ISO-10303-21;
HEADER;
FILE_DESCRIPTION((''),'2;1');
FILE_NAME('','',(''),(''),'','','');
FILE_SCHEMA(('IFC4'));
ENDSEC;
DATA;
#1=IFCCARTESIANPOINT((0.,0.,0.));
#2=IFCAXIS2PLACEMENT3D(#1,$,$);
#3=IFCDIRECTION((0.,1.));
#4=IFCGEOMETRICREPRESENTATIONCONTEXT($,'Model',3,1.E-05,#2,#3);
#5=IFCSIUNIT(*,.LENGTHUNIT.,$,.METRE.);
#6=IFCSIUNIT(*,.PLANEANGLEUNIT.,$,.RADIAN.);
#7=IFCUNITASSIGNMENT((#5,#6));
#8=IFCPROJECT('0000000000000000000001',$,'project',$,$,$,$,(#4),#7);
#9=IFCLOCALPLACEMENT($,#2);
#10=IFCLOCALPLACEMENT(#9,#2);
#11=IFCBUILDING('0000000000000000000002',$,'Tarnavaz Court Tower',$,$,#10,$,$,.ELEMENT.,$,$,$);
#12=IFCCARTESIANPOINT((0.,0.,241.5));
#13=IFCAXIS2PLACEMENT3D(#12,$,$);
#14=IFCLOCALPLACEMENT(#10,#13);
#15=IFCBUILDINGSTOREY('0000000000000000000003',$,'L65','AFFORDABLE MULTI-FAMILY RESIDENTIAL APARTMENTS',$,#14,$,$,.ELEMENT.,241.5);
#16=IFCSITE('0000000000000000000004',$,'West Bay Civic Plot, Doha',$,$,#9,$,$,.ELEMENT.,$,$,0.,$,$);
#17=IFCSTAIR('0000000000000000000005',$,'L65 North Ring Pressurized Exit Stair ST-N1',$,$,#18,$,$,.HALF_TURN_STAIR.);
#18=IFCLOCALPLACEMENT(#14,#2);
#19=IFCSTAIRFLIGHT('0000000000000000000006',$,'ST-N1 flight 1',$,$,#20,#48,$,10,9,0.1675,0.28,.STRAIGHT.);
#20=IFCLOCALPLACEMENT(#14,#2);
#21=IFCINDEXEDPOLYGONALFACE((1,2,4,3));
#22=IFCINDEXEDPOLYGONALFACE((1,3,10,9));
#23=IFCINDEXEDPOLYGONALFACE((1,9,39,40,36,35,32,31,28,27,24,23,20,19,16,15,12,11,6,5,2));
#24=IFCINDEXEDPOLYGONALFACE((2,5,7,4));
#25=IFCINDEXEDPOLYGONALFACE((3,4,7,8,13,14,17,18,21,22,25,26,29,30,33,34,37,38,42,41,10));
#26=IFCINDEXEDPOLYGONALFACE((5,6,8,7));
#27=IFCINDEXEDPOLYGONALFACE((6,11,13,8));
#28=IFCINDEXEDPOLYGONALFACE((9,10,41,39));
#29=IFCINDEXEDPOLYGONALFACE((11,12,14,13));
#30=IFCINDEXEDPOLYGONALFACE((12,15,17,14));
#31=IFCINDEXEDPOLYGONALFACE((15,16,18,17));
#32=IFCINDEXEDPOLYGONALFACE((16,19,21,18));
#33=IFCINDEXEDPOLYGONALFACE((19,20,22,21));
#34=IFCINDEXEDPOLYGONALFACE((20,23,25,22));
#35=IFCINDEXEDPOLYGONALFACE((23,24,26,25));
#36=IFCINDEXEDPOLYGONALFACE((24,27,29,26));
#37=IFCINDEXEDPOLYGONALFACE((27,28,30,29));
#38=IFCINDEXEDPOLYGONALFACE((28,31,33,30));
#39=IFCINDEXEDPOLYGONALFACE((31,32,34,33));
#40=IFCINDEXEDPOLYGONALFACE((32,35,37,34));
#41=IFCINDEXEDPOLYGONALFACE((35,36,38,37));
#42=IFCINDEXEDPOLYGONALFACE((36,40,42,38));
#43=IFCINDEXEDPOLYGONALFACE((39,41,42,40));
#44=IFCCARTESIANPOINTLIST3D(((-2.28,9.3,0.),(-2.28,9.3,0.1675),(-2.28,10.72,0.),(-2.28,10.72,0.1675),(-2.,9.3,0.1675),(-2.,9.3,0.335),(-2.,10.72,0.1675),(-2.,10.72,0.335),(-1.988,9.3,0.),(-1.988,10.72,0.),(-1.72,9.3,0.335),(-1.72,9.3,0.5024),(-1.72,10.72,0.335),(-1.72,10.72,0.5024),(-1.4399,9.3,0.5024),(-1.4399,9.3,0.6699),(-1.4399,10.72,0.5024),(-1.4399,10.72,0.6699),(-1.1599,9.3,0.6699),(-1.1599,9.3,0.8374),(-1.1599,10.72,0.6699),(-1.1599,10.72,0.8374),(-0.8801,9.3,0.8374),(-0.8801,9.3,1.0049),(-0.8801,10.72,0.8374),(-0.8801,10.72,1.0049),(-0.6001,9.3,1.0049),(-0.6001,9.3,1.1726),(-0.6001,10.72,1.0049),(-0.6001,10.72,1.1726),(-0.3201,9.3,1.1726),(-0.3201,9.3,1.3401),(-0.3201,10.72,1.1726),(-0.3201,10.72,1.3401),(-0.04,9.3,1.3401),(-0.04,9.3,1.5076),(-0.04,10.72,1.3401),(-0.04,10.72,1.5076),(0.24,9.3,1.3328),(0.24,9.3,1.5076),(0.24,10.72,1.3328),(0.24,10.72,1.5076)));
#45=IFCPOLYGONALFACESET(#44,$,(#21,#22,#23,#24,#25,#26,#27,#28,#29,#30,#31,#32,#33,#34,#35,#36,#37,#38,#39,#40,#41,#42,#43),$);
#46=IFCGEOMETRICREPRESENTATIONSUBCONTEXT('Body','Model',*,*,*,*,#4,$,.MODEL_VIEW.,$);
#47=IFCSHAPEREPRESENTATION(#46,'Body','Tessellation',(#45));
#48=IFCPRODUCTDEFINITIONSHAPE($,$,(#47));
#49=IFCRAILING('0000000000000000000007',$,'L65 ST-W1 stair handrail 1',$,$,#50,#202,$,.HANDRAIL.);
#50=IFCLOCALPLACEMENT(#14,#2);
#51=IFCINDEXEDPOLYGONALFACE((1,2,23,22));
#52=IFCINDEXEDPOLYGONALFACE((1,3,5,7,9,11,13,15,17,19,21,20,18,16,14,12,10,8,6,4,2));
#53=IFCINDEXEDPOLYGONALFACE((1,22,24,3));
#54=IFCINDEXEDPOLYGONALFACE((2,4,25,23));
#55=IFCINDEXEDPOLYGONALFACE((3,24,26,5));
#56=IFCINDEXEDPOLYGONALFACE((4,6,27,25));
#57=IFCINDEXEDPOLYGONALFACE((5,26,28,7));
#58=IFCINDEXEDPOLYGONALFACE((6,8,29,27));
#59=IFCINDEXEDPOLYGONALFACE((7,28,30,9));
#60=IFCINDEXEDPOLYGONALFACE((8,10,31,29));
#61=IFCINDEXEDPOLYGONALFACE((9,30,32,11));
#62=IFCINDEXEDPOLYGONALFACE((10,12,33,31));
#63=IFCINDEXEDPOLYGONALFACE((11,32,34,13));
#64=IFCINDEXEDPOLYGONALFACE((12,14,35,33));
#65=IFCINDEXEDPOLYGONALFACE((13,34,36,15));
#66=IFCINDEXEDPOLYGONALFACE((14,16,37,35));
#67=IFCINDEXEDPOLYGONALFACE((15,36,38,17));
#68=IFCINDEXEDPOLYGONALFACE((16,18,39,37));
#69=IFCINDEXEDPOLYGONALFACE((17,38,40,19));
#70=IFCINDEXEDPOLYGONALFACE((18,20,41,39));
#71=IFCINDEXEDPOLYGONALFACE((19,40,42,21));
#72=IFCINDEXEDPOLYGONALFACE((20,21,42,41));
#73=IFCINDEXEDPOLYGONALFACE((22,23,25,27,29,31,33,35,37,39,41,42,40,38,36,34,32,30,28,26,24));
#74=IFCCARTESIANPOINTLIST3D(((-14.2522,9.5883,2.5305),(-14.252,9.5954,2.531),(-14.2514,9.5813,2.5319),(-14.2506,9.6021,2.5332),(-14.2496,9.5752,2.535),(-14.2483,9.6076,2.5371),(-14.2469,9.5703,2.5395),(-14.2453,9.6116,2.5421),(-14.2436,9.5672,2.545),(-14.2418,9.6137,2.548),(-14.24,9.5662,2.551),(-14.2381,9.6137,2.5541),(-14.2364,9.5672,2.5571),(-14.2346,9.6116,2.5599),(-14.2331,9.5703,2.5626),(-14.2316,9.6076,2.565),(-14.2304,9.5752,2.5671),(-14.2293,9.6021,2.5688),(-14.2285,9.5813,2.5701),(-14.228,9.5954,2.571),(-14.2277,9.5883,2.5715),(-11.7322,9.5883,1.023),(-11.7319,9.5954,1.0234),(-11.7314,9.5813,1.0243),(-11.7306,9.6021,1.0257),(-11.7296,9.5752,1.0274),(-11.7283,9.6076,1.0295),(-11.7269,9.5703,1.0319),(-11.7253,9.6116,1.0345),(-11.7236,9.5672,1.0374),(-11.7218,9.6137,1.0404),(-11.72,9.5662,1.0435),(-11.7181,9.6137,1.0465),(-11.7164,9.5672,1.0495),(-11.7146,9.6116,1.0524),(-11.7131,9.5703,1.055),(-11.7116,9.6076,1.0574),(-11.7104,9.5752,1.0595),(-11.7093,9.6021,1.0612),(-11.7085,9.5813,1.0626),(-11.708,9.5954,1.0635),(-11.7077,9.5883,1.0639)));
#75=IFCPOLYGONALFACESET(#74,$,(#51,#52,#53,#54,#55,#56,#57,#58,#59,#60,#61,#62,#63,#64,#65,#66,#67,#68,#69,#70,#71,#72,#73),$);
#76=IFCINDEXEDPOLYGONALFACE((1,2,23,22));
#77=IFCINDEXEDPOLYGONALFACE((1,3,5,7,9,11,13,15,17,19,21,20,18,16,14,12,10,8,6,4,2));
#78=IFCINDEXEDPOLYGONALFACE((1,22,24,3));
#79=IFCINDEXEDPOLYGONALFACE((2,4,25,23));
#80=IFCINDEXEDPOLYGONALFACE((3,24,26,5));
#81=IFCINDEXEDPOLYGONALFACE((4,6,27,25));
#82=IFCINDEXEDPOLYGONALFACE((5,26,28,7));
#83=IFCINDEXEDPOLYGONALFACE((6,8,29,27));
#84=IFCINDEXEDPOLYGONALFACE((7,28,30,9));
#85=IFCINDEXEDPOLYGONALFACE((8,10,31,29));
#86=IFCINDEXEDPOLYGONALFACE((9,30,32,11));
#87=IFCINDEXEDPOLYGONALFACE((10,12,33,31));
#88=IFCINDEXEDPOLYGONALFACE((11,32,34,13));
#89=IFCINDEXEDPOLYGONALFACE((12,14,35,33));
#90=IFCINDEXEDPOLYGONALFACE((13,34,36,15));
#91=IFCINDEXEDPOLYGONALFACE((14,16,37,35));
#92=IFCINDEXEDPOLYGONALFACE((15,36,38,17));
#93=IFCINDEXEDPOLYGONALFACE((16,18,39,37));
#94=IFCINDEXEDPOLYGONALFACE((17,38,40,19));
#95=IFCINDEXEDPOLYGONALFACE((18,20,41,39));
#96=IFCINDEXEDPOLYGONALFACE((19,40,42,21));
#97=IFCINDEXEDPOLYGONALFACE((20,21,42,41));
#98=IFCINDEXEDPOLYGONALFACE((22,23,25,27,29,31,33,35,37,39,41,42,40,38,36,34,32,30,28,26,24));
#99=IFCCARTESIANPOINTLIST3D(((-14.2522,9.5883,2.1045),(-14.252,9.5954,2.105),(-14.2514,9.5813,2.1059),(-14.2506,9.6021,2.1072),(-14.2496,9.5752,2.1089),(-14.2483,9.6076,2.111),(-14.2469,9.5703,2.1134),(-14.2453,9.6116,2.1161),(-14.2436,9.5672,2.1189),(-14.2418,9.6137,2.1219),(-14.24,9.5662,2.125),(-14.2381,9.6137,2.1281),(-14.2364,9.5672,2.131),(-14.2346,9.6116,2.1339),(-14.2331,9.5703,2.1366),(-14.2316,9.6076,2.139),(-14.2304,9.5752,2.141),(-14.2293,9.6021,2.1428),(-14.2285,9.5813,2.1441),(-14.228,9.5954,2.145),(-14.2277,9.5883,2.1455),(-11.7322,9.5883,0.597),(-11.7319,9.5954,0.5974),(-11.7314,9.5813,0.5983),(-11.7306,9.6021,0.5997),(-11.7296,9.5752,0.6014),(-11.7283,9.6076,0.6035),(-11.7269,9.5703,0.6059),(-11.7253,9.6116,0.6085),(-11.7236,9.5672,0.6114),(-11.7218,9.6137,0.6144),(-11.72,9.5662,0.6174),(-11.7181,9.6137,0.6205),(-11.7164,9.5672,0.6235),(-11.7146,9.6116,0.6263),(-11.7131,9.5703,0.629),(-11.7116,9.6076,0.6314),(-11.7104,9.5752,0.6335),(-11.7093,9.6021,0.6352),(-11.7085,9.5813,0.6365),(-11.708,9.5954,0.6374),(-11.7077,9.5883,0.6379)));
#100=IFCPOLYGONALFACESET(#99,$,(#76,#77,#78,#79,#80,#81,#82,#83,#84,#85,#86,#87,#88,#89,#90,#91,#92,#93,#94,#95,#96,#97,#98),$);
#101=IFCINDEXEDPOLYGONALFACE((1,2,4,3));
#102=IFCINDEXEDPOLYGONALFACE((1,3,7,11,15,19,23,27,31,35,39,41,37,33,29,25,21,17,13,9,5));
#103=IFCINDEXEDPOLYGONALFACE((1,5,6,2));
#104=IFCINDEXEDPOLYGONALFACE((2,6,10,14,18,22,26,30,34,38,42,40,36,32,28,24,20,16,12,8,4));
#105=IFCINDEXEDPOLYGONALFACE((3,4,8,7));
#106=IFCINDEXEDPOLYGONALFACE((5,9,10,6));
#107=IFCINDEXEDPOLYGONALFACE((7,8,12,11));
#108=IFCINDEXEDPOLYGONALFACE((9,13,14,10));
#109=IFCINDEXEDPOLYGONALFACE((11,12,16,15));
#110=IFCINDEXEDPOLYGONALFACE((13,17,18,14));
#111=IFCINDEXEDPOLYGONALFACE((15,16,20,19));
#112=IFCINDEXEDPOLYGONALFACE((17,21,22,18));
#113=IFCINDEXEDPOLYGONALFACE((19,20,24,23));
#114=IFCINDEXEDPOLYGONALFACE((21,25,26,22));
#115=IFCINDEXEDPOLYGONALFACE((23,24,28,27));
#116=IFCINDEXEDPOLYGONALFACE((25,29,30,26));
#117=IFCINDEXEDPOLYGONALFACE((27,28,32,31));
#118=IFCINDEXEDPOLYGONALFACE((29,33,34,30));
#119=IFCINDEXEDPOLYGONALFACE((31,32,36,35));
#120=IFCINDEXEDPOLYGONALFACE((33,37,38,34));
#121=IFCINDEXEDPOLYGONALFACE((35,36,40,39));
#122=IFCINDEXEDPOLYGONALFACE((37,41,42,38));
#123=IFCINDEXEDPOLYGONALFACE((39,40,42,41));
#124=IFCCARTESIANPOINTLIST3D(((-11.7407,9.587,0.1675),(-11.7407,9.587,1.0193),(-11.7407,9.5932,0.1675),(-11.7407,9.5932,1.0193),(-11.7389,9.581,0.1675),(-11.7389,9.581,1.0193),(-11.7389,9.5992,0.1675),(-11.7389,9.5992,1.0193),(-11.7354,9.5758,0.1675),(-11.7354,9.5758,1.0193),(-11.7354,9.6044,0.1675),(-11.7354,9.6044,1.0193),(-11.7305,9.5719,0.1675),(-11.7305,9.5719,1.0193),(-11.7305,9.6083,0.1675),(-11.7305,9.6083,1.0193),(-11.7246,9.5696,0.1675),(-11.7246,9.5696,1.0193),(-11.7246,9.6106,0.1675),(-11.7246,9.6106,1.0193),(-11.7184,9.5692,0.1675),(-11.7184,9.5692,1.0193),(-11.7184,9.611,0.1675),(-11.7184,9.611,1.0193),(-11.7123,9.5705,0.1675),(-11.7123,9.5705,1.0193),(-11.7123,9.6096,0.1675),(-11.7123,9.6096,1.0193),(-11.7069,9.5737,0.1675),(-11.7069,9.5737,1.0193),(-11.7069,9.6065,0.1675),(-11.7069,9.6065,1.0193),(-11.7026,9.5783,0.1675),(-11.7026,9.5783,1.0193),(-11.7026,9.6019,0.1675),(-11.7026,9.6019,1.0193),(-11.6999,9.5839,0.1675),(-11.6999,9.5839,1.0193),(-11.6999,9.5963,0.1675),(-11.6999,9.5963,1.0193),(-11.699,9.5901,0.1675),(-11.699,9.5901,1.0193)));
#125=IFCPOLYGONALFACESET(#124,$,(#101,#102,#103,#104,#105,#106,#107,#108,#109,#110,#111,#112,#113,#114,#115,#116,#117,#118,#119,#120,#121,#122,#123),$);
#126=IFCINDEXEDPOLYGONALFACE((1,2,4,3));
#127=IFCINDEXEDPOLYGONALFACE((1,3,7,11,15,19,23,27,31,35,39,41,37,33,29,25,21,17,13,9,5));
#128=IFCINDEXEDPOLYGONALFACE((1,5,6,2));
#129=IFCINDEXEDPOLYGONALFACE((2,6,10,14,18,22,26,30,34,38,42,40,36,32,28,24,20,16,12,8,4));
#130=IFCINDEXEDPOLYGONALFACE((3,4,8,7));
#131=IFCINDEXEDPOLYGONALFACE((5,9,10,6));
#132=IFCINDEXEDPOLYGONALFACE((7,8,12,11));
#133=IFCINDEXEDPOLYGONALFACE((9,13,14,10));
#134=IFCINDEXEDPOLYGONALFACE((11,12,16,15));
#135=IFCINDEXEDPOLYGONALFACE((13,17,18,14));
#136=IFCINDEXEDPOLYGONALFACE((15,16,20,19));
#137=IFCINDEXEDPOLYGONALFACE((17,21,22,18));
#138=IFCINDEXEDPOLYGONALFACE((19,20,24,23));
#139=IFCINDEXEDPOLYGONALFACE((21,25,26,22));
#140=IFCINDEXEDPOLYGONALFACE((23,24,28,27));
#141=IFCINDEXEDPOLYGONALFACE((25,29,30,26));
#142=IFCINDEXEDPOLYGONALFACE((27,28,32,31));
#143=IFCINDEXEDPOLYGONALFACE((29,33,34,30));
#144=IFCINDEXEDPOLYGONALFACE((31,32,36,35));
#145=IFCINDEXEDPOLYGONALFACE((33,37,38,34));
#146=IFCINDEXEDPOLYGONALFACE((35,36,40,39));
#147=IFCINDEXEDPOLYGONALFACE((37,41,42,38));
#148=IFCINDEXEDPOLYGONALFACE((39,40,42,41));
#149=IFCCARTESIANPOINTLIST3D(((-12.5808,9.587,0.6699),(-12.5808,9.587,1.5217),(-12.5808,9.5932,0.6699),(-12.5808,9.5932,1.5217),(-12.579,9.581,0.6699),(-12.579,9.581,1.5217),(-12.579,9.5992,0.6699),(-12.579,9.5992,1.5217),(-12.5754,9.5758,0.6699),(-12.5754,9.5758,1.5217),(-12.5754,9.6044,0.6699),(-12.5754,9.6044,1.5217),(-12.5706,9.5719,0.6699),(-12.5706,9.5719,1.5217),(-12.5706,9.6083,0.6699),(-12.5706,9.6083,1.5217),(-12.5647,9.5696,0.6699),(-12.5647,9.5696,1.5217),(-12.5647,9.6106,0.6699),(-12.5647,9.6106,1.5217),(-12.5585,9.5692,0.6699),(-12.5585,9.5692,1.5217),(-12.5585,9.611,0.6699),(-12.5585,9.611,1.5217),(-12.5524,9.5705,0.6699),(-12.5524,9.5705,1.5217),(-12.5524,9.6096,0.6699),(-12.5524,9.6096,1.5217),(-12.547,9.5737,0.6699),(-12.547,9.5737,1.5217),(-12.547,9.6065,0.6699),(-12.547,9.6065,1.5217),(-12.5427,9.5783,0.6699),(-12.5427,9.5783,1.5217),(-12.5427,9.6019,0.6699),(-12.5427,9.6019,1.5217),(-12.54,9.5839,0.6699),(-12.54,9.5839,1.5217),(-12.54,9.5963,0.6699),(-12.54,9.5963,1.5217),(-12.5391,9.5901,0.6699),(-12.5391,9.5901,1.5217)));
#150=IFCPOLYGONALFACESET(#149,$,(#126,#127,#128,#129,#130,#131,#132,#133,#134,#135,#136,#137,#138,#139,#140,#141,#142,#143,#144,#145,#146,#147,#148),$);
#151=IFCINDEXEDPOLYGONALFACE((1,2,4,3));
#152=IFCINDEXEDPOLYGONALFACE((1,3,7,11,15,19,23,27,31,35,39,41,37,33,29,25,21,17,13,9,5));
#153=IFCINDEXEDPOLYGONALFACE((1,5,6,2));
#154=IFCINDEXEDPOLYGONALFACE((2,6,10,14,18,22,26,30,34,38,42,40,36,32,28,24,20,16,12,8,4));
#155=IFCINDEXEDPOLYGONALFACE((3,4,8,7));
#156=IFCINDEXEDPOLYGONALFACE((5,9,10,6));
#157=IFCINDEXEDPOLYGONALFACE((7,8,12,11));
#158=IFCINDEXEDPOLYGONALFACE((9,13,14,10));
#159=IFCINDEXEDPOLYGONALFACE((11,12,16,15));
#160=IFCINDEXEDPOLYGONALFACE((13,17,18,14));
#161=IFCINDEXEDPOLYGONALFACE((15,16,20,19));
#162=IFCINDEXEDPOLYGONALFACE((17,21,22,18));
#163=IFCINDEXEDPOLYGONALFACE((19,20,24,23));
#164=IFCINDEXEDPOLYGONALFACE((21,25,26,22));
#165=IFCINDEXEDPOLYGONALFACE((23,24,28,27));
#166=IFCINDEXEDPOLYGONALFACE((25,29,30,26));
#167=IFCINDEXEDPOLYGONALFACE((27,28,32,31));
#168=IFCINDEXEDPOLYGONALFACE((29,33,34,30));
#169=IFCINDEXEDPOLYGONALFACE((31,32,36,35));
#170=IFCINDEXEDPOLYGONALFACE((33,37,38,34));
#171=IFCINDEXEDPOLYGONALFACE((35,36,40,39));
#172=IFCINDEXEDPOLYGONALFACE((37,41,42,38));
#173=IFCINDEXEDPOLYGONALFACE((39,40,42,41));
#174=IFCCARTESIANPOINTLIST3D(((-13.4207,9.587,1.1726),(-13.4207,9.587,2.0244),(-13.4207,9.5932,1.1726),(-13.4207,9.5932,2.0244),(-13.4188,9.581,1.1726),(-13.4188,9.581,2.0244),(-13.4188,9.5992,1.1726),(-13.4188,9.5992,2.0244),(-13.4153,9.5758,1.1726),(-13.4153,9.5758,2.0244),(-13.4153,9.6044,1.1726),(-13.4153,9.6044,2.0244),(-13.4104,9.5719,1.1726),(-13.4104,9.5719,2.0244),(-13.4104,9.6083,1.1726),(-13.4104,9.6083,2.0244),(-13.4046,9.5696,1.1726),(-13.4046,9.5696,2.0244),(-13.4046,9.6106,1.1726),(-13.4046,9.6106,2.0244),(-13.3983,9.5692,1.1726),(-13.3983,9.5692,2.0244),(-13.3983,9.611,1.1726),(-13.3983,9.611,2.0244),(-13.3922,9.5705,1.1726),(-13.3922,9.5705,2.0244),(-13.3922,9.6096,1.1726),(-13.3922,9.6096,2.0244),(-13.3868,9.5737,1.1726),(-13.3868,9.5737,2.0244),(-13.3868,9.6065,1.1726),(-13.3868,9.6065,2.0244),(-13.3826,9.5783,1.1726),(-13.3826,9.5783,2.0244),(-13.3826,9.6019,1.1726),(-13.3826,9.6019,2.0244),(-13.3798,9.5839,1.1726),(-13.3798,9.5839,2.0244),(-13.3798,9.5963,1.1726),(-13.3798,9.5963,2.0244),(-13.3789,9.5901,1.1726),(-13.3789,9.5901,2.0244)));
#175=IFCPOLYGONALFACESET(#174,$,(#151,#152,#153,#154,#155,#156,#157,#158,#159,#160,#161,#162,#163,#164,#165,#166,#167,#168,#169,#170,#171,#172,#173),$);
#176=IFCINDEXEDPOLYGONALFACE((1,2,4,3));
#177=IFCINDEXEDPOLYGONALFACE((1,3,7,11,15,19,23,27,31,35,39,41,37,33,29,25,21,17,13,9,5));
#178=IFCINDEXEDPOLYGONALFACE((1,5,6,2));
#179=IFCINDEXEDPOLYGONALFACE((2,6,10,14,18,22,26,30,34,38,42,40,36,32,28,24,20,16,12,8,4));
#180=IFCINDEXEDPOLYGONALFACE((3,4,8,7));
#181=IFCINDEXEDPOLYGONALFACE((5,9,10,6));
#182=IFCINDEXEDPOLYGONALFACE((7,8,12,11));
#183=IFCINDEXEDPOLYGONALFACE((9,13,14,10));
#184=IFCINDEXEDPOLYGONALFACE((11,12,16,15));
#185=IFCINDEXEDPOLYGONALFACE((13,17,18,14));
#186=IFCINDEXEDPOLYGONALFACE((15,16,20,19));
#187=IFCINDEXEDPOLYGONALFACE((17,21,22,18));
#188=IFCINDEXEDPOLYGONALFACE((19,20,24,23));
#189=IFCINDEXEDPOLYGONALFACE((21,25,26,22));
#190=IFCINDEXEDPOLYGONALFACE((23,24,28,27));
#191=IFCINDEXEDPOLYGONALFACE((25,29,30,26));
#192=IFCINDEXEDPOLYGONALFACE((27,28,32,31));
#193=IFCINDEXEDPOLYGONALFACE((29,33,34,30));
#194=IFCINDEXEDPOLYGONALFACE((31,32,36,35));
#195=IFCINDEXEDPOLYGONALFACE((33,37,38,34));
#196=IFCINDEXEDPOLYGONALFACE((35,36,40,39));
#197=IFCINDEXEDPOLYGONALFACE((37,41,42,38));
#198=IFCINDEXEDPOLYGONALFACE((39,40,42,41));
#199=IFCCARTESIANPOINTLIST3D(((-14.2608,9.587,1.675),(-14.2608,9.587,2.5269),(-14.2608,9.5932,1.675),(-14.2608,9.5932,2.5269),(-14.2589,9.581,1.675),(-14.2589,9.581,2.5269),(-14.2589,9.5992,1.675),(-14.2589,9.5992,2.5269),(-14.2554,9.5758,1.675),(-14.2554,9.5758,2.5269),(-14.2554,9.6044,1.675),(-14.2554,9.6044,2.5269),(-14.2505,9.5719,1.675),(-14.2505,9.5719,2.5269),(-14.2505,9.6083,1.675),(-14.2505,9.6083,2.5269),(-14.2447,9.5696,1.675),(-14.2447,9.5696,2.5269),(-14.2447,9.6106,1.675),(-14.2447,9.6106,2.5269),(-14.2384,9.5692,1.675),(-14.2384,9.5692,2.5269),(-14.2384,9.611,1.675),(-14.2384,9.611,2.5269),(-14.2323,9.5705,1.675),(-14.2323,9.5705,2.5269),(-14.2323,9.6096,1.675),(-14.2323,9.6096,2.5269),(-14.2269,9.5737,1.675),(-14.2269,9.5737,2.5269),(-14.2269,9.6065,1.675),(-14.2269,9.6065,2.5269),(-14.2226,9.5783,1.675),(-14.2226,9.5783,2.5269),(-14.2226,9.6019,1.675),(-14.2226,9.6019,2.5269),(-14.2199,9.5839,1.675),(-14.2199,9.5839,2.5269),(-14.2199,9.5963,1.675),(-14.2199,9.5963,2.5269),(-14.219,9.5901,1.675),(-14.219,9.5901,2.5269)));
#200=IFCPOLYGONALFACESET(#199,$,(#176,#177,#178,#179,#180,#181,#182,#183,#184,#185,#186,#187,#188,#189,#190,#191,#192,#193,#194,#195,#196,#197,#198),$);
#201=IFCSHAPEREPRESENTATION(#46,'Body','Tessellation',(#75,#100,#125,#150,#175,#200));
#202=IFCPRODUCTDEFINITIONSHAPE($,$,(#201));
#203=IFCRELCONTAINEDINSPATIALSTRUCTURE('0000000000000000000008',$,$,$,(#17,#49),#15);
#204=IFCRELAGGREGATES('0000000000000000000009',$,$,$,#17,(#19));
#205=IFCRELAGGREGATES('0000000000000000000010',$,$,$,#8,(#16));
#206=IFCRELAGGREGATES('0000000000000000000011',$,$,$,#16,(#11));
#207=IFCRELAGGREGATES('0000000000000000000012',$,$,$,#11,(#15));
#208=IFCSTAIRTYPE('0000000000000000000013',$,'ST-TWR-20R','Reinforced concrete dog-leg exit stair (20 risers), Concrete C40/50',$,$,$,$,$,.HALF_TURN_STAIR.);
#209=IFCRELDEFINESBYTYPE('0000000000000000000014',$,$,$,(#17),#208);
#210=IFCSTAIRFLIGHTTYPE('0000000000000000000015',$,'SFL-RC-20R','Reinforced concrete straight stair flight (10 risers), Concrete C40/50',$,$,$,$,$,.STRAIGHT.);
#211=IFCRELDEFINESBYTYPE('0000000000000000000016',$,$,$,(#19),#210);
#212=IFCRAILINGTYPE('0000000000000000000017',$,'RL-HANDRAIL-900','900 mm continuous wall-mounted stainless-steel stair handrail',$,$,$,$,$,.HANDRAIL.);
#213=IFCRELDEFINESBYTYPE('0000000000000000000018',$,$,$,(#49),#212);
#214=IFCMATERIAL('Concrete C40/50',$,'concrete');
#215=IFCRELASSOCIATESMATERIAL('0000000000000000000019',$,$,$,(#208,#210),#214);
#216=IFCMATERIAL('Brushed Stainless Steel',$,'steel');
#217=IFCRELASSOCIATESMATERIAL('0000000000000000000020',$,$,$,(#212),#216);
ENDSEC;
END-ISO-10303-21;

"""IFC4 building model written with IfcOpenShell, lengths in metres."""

from ifc_helpers import new_model, si_unit, direction, frame, origin, origin_2d, place, context, subcontext, project, spatial, polyline, circle, outline, extrude, material, type_object, element, aggregate, save


model = new_model("IFC4")

# Units and contexts
model_context = context("Model", 3, precision=1e-05, world=origin(), true_north=direction((0.0, 1.0)))
body_context = subcontext(model_context, "Body", "Model", "MODEL_VIEW")
ifc_project = project(units=[si_unit("LENGTHUNIT", "METRE"), si_unit("PLANEANGLEUNIT", "RADIAN")], contexts=[model_context])

# Site, building, storey
site_placement = place(None, origin())
site = spatial("IfcSite", under=ifc_project, at=site_placement, Name="West Bay Civic Plot, Doha", CompositionType="ELEMENT", RefElevation=0.0)
building_placement = place(site_placement, origin())
building = spatial("IfcBuilding", under=site, at=building_placement, Name="Tarnavaz Court Tower", CompositionType="ELEMENT")
storey_placement = place(building_placement, frame((0.0, 0.0, 241.5)))
storey = spatial("IfcBuildingStorey", under=building, at=storey_placement, Name="L65", Description="AFFORDABLE MULTI-FAMILY RESIDENTIAL APARTMENTS", CompositionType="ELEMENT", Elevation=241.5)

# Stair, stair flight
ifc_material_1 = material(Name="Concrete C40/50", Category="concrete")
stair_type = type_object("IfcStairType", Name="ST-TWR-20R", Description="Reinforced concrete dog-leg exit stair (20 risers), Concrete C40/50", PredefinedType="HALF_TURN_STAIR", material=ifc_material_1)
stair_flight_type = type_object("IfcStairFlightType", Name="SFL-RC-20R", Description="Reinforced concrete straight stair flight (10 risers), Concrete C40/50", PredefinedType="STRAIGHT", material=ifc_material_1)
stair_1_placement = place(storey_placement, origin())
stair_1 = element("IfcStair", 1, at=stair_1_placement, inside=storey, type_object=stair_type, Name="L65 North Ring Pressurized Exit Stair ST-N1", PredefinedType="HALF_TURN_STAIR")
stair_flight_1_placement = place(storey_placement, frame((-2.28, 10.01, 0.0), z_axis=(0.0, 0.0, 1.0), x_axis=(1.0, 0.0, 0.0)))
stair_flight_1 = element("IfcStairFlight", 2, at=stair_flight_1_placement, type_object=stair_flight_type, Name="ST-N1 flight 1", NumberOfRisers=10, NumberOfTreads=9, PredefinedType="STRAIGHT", RiserHeight=0.1675, TreadLength=0.28, context=body_context, shape_type="SweptSolid", body=[
    extrude(outline(polyline([(0.0, 0.0), (0.0, 0.1675), (0.28, 0.1675), (0.28, 0.335), (0.5601, 0.335), (0.5601, 0.5024), (0.8401, 0.5024), (0.8401, 0.6699), (1.1201, 0.6699), (1.1201, 0.8374), (1.3999, 0.8374), (1.3999, 1.0049), (1.6799, 1.0049), (1.6799, 1.1726), (1.96, 1.1726), (1.96, 1.3401), (2.24, 1.3401), (2.24, 1.5076), (2.52, 1.5076), (2.52, 1.675), (2.52, 1.3328), (0.292, 0.0), (0.0, 0.0)])), frame((0.0, 0.71, 0.0), z_axis=(0.0, -1.0, 0.0), x_axis=(1.0, 0.0, 0.0)), (0.0, 0.0, 1.0), 1.4199),
])
aggregate(stair_1, [stair_flight_1])

# Railing
ifc_material_2 = material(Name="Brushed Stainless Steel", Category="steel")
railing_type_1 = type_object("IfcRailingType", Name="RL-HANDRAIL-900", Description="900 mm continuous wall-mounted stainless-steel stair handrail", PredefinedType="HANDRAIL", material=ifc_material_2)
railing_1_placement = place(storey_placement, frame((-11.72, 9.5901, 0.1675)))
element("IfcRailing", 3, at=railing_1_placement, inside=storey, type_object=railing_type_1, Name="L65 ST-W1 stair handrail 1", PredefinedType="HANDRAIL", context=body_context, shape_type="SweptSolid", body=[
    extrude(circle(Radius=0.0239, at=origin_2d()), frame((0.0, 0.0, 0.876), z_axis=(-0.85816, 0.0, 0.513383), x_axis=(0.0, -1.0, 0.0)), (0.0, 0.0, 1.0), 2.9365),
    extrude(circle(Radius=0.0239, at=origin_2d()), frame((0.0, 0.0, 0.45), z_axis=(-0.85816, 0.0, 0.513383), x_axis=(0.0, -1.0, 0.0)), (0.0, 0.0, 1.0), 2.9365),
    extrude(circle(Radius=0.021, at=origin_2d()), origin(), (0.0, 0.0, 1.0), 0.8518),
    extrude(circle(Radius=0.021, at=origin_2d()), frame((-0.8401, 0.0, 0.5024)), (0.0, 0.0, 1.0), 0.8518),
    extrude(circle(Radius=0.021, at=origin_2d()), frame((-1.6799, 0.0, 1.0051)), (0.0, 0.0, 1.0), 0.8518),
    extrude(circle(Radius=0.021, at=origin_2d()), frame((-2.52, 0.0, 1.5076)), (0.0, 0.0, 1.0), 0.8518),
])

save(model, "model.ifc")
